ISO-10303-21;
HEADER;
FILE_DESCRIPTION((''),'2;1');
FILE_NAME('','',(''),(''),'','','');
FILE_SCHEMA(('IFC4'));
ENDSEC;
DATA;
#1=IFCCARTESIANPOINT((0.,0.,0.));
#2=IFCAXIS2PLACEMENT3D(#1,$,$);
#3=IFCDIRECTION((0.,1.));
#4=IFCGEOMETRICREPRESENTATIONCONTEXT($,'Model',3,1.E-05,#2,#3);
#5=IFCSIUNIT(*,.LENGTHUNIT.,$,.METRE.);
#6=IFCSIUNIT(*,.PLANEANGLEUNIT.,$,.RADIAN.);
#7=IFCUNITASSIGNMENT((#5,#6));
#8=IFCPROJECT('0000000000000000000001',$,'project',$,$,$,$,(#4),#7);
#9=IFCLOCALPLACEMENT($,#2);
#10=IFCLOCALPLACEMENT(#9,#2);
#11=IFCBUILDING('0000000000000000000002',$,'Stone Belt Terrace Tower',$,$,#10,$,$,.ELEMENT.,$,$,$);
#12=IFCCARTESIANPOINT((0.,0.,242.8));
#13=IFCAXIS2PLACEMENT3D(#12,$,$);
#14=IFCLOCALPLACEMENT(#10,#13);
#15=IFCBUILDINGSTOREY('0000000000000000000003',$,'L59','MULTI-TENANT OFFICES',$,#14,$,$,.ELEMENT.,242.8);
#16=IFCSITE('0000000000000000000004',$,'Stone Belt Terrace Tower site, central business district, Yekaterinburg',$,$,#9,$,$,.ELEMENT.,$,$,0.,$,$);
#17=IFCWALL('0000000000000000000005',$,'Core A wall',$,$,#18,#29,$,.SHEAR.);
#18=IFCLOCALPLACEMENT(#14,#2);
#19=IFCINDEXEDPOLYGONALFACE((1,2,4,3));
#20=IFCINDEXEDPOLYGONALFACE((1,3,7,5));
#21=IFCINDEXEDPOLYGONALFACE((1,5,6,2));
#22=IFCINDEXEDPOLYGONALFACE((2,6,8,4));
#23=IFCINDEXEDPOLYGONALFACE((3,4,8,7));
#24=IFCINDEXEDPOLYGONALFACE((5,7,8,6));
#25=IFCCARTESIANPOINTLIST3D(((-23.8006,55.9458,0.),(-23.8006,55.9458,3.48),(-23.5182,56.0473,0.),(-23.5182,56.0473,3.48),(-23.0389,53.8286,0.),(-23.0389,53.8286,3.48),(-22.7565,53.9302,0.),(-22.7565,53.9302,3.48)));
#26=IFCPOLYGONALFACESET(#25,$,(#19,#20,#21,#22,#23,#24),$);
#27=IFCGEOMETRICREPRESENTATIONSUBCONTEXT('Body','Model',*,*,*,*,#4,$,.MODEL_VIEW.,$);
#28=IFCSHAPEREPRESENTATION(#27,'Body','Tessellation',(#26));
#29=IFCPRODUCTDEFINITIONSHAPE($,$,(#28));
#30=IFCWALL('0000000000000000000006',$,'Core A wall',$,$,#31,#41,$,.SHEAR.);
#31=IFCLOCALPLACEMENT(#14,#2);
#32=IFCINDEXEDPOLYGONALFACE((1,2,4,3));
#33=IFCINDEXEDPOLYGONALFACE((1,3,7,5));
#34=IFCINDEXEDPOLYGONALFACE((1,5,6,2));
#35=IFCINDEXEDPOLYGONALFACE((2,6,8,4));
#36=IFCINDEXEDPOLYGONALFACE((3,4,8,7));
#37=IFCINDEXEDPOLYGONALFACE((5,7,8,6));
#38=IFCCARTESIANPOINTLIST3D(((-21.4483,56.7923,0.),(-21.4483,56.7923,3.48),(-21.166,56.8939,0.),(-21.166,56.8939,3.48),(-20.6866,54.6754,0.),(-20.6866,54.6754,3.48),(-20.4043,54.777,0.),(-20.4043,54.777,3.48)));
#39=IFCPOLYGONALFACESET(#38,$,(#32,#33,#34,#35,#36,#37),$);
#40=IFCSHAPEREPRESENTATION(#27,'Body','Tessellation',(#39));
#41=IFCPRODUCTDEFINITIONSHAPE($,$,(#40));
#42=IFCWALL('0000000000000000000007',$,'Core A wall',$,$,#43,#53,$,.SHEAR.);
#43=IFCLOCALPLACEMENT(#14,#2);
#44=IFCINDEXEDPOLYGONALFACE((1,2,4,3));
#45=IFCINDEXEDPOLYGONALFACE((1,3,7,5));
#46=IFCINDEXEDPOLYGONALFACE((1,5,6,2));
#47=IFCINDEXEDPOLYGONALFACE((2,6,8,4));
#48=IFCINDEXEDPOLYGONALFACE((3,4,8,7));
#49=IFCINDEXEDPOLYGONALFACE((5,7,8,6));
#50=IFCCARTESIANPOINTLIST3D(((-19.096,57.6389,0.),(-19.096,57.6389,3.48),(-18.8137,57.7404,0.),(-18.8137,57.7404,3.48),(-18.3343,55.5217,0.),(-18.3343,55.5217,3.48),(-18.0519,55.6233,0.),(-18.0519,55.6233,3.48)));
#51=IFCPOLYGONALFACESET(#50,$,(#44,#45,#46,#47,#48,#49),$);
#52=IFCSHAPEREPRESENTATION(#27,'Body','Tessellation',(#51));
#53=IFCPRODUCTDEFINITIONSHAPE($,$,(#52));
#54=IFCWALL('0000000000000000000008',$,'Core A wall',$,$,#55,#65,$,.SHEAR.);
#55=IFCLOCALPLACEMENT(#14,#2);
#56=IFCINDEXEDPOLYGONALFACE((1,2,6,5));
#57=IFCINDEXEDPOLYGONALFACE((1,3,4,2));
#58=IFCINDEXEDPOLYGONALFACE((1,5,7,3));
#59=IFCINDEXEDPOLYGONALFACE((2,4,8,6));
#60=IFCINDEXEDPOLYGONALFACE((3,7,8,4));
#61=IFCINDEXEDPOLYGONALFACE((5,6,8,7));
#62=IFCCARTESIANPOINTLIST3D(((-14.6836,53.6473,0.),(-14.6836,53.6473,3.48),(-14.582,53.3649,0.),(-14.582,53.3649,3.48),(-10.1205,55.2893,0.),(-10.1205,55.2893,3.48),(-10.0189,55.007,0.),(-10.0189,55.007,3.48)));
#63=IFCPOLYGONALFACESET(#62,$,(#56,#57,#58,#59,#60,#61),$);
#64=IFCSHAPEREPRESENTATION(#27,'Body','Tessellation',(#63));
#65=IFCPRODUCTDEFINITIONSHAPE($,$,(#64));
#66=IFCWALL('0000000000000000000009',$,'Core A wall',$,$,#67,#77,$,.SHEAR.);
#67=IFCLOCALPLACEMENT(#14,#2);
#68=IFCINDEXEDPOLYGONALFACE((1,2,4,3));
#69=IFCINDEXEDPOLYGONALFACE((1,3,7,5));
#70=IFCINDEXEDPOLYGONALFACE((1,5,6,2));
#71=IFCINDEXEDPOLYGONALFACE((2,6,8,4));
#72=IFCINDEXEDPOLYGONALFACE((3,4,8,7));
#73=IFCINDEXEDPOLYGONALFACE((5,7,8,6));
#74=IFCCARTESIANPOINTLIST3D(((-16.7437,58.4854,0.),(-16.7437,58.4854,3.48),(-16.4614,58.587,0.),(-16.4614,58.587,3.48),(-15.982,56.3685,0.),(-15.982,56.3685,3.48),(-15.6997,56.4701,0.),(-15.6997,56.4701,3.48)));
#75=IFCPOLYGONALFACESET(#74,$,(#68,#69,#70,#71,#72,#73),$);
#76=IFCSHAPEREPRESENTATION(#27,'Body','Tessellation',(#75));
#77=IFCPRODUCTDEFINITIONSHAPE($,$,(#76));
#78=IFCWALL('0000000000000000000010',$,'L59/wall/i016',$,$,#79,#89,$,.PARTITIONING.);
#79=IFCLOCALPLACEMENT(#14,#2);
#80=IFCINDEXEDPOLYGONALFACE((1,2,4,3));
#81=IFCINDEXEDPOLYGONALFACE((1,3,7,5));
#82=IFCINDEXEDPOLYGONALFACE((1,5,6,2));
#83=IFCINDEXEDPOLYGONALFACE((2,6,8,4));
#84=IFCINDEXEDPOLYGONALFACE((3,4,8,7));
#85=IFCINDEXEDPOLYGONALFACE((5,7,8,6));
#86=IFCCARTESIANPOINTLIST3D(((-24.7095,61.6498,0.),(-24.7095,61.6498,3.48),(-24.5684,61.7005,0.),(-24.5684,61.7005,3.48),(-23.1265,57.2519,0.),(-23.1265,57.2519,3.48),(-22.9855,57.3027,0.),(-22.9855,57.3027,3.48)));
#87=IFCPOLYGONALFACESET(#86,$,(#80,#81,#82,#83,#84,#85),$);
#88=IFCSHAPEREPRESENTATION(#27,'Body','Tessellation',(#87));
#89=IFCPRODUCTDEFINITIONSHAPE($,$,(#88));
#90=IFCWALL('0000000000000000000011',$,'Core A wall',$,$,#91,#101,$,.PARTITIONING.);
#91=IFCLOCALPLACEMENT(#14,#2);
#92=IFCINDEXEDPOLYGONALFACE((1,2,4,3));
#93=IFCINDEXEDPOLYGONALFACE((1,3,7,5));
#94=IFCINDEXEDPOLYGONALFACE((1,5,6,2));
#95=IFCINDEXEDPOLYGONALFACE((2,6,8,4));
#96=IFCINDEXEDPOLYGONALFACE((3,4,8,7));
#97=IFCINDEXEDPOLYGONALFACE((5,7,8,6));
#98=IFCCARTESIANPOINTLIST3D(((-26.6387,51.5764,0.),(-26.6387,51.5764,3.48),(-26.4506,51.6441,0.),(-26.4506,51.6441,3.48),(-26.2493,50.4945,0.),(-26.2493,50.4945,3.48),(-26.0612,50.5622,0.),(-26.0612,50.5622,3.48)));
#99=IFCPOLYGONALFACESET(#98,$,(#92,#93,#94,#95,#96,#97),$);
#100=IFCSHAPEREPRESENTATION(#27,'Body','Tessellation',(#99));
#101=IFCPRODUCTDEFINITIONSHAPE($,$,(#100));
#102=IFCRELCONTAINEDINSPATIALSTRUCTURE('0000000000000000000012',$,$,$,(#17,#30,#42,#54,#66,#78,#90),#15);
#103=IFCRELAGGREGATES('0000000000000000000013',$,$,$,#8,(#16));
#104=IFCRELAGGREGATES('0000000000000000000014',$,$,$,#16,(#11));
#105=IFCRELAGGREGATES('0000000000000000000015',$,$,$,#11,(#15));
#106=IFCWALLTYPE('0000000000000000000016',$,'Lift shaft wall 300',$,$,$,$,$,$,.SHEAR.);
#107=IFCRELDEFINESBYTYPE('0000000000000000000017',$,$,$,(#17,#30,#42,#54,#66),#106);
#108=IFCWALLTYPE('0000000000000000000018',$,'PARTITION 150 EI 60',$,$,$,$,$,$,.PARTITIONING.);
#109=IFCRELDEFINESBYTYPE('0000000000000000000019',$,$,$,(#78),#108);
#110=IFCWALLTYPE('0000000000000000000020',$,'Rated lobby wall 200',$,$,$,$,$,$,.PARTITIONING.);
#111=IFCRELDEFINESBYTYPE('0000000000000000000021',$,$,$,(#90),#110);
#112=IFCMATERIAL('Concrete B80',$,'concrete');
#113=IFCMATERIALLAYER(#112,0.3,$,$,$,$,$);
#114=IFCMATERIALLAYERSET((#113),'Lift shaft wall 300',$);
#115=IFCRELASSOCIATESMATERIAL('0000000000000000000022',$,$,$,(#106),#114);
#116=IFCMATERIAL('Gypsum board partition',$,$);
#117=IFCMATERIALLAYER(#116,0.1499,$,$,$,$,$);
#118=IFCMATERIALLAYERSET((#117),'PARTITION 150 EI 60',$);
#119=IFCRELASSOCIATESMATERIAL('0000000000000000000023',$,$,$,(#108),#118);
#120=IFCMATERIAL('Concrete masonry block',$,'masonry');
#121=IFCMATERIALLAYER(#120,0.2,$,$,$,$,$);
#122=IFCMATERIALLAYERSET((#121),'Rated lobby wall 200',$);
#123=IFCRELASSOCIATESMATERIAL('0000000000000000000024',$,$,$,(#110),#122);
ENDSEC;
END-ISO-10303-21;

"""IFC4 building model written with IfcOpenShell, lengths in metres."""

from ifc_helpers import new_model, si_unit, direction, frame, frame_2d, origin, place, context, subcontext, project, spatial, rectangle, extrude, material, layer, layer_set, type_object, element, save


model = new_model("IFC4")

# Units and contexts
model_context = context("Model", 3, precision=1e-05, world=origin(), true_north=direction((0.0, 1.0)))
body_context = subcontext(model_context, "Body", "Model", "MODEL_VIEW")
ifc_project = project(units=[si_unit("LENGTHUNIT", "METRE"), si_unit("PLANEANGLEUNIT", "RADIAN")], contexts=[model_context])

# Site, building, storey
site_placement = place(None, origin())
site = spatial("IfcSite", under=ifc_project, at=site_placement, Name="Stone Belt Terrace Tower site, central business district, Yekaterinburg", CompositionType="ELEMENT", RefElevation=0.0)
building_placement = place(site_placement, origin())
building = spatial("IfcBuilding", under=site, at=building_placement, Name="Stone Belt Terrace Tower", CompositionType="ELEMENT")
storey_placement = place(building_placement, frame((0.0, 0.0, 242.8)))
storey = spatial("IfcBuildingStorey", under=building, at=storey_placement, Name="L59", Description="MULTI-TENANT OFFICES", CompositionType="ELEMENT", Elevation=242.8)

# Shared definitions
ifc_material_1 = material(Name="Concrete B80", Category="concrete")
ifc_layer_1 = layer(ifc_material_1, 0.3)
ifc_layer_set_1 = layer_set([ifc_layer_1], Name="Lift shaft wall 300")
wall_type_1 = type_object("IfcWallType", Name="Lift shaft wall 300", PredefinedType="SHEAR", material=ifc_layer_set_1)

# Walls
wall_1_placement = place(storey_placement, frame((-22.8977, 53.8794, 0.0), z_axis=(0.0, 0.0, 1.0), x_axis=(-0.338535, 0.940954, 0.0)))
element("IfcWall", 1, at=wall_1_placement, inside=storey, type_object=wall_type_1, Name="Core A wall", PredefinedType="SHEAR", context=body_context, shape_type="SweptSolid", body=[
    extrude(rectangle(XDim=2.25, YDim=0.3, at=frame_2d((1.125, 0.0))), origin(), (0.0, 0.0, 1.0), 3.48),
])
wall_2_placement = place(storey_placement, frame((-20.5454, 54.7261, 0.0), z_axis=(0.0, 0.0, 1.0), x_axis=(-0.33857, 0.940941, 0.0)))
element("IfcWall", 2, at=wall_2_placement, inside=storey, type_object=wall_type_1, Name="Core A wall", PredefinedType="SHEAR", context=body_context, shape_type="SweptSolid", body=[
    extrude(rectangle(XDim=2.2498, YDim=0.3, at=frame_2d((1.125, 0.0))), origin(), (0.0, 0.0, 1.0), 3.48),
])
wall_3_placement = place(storey_placement, frame((-18.1931, 55.5725, 0.0), z_axis=(0.0, 0.0, 1.0), x_axis=(-0.338535, 0.940954, 0.0)))
element("IfcWall", 3, at=wall_3_placement, inside=storey, type_object=wall_type_1, Name="Core A wall", PredefinedType="SHEAR", context=body_context, shape_type="SweptSolid", body=[
    extrude(rectangle(XDim=2.25, YDim=0.3, at=frame_2d((1.125, 0.0))), origin(), (0.0, 0.0, 1.0), 3.48),
])
wall_4_placement = place(storey_placement, frame((-14.6328, 53.5061, 0.0), z_axis=(0.0, 0.0, 1.0), x_axis=(0.940932, 0.338596, 0.0)))
element("IfcWall", 4, at=wall_4_placement, inside=storey, type_object=wall_type_1, Name="Core A wall", PredefinedType="SHEAR", context=body_context, shape_type="SweptSolid", body=[
    extrude(rectangle(XDim=4.8496, YDim=0.3, at=frame_2d((2.4248, 0.0))), origin(), (0.0, 0.0, 1.0), 3.48),
])
wall_5_placement = place(storey_placement, frame((-15.8408, 56.4192, 0.0), z_axis=(0.0, 0.0, 1.0), x_axis=(-0.33857, 0.940941, 0.0)))
element("IfcWall", 5, at=wall_5_placement, inside=storey, type_object=wall_type_1, Name="Core A wall", PredefinedType="SHEAR", context=body_context, shape_type="SweptSolid", body=[
    extrude(rectangle(XDim=2.2498, YDim=0.3, at=frame_2d((1.125, 0.0))), origin(), (0.0, 0.0, 1.0), 3.48),
])
ifc_material_2 = material(Name="Gypsum board partition")
ifc_layer_2 = layer(ifc_material_2, 0.1499)
ifc_layer_set_2 = layer_set([ifc_layer_2], Name="PARTITION 150 EI 60")
wall_type_2 = type_object("IfcWallType", Name="PARTITION 150 EI 60", PredefinedType="PARTITIONING", material=ifc_layer_set_2)
wall_6_placement = place(storey_placement, frame((-24.6389, 61.675, 0.0), z_axis=(0.0, 0.0, 1.0), x_axis=(0.338671, -0.940905, 0.0)))
element("IfcWall", 6, at=wall_6_placement, inside=storey, type_object=wall_type_2, Name="L59/wall/i016", PredefinedType="PARTITIONING", context=body_context, shape_type="SweptSolid", body=[
    extrude(rectangle(XDim=4.6741, YDim=0.1499, at=frame_2d((2.3369, 0.0))), origin(), (0.0, 0.0, 1.0), 3.48),
])
ifc_material_3 = material(Name="Concrete masonry block", Category="masonry")
ifc_layer_3 = layer(ifc_material_3, 0.2)
ifc_layer_set_3 = layer_set([ifc_layer_3], Name="Rated lobby wall 200")
wall_type_3 = type_object("IfcWallType", Name="Rated lobby wall 200", PredefinedType="PARTITIONING", material=ifc_layer_set_3)
wall_7_placement = place(storey_placement, frame((-26.1553, 50.5283, 0.0), z_axis=(0.0, 0.0, 1.0), x_axis=(-0.338622, 0.940923, 0.0)))
element("IfcWall", 7, at=wall_7_placement, inside=storey, type_object=wall_type_3, Name="Core A wall", PredefinedType="PARTITIONING", context=body_context, shape_type="SweptSolid", body=[
    extrude(rectangle(XDim=1.1499, YDim=0.2, at=frame_2d((0.575, 0.0))), origin(), (0.0, 0.0, 1.0), 3.48),
])

save(model, "model.ifc")
